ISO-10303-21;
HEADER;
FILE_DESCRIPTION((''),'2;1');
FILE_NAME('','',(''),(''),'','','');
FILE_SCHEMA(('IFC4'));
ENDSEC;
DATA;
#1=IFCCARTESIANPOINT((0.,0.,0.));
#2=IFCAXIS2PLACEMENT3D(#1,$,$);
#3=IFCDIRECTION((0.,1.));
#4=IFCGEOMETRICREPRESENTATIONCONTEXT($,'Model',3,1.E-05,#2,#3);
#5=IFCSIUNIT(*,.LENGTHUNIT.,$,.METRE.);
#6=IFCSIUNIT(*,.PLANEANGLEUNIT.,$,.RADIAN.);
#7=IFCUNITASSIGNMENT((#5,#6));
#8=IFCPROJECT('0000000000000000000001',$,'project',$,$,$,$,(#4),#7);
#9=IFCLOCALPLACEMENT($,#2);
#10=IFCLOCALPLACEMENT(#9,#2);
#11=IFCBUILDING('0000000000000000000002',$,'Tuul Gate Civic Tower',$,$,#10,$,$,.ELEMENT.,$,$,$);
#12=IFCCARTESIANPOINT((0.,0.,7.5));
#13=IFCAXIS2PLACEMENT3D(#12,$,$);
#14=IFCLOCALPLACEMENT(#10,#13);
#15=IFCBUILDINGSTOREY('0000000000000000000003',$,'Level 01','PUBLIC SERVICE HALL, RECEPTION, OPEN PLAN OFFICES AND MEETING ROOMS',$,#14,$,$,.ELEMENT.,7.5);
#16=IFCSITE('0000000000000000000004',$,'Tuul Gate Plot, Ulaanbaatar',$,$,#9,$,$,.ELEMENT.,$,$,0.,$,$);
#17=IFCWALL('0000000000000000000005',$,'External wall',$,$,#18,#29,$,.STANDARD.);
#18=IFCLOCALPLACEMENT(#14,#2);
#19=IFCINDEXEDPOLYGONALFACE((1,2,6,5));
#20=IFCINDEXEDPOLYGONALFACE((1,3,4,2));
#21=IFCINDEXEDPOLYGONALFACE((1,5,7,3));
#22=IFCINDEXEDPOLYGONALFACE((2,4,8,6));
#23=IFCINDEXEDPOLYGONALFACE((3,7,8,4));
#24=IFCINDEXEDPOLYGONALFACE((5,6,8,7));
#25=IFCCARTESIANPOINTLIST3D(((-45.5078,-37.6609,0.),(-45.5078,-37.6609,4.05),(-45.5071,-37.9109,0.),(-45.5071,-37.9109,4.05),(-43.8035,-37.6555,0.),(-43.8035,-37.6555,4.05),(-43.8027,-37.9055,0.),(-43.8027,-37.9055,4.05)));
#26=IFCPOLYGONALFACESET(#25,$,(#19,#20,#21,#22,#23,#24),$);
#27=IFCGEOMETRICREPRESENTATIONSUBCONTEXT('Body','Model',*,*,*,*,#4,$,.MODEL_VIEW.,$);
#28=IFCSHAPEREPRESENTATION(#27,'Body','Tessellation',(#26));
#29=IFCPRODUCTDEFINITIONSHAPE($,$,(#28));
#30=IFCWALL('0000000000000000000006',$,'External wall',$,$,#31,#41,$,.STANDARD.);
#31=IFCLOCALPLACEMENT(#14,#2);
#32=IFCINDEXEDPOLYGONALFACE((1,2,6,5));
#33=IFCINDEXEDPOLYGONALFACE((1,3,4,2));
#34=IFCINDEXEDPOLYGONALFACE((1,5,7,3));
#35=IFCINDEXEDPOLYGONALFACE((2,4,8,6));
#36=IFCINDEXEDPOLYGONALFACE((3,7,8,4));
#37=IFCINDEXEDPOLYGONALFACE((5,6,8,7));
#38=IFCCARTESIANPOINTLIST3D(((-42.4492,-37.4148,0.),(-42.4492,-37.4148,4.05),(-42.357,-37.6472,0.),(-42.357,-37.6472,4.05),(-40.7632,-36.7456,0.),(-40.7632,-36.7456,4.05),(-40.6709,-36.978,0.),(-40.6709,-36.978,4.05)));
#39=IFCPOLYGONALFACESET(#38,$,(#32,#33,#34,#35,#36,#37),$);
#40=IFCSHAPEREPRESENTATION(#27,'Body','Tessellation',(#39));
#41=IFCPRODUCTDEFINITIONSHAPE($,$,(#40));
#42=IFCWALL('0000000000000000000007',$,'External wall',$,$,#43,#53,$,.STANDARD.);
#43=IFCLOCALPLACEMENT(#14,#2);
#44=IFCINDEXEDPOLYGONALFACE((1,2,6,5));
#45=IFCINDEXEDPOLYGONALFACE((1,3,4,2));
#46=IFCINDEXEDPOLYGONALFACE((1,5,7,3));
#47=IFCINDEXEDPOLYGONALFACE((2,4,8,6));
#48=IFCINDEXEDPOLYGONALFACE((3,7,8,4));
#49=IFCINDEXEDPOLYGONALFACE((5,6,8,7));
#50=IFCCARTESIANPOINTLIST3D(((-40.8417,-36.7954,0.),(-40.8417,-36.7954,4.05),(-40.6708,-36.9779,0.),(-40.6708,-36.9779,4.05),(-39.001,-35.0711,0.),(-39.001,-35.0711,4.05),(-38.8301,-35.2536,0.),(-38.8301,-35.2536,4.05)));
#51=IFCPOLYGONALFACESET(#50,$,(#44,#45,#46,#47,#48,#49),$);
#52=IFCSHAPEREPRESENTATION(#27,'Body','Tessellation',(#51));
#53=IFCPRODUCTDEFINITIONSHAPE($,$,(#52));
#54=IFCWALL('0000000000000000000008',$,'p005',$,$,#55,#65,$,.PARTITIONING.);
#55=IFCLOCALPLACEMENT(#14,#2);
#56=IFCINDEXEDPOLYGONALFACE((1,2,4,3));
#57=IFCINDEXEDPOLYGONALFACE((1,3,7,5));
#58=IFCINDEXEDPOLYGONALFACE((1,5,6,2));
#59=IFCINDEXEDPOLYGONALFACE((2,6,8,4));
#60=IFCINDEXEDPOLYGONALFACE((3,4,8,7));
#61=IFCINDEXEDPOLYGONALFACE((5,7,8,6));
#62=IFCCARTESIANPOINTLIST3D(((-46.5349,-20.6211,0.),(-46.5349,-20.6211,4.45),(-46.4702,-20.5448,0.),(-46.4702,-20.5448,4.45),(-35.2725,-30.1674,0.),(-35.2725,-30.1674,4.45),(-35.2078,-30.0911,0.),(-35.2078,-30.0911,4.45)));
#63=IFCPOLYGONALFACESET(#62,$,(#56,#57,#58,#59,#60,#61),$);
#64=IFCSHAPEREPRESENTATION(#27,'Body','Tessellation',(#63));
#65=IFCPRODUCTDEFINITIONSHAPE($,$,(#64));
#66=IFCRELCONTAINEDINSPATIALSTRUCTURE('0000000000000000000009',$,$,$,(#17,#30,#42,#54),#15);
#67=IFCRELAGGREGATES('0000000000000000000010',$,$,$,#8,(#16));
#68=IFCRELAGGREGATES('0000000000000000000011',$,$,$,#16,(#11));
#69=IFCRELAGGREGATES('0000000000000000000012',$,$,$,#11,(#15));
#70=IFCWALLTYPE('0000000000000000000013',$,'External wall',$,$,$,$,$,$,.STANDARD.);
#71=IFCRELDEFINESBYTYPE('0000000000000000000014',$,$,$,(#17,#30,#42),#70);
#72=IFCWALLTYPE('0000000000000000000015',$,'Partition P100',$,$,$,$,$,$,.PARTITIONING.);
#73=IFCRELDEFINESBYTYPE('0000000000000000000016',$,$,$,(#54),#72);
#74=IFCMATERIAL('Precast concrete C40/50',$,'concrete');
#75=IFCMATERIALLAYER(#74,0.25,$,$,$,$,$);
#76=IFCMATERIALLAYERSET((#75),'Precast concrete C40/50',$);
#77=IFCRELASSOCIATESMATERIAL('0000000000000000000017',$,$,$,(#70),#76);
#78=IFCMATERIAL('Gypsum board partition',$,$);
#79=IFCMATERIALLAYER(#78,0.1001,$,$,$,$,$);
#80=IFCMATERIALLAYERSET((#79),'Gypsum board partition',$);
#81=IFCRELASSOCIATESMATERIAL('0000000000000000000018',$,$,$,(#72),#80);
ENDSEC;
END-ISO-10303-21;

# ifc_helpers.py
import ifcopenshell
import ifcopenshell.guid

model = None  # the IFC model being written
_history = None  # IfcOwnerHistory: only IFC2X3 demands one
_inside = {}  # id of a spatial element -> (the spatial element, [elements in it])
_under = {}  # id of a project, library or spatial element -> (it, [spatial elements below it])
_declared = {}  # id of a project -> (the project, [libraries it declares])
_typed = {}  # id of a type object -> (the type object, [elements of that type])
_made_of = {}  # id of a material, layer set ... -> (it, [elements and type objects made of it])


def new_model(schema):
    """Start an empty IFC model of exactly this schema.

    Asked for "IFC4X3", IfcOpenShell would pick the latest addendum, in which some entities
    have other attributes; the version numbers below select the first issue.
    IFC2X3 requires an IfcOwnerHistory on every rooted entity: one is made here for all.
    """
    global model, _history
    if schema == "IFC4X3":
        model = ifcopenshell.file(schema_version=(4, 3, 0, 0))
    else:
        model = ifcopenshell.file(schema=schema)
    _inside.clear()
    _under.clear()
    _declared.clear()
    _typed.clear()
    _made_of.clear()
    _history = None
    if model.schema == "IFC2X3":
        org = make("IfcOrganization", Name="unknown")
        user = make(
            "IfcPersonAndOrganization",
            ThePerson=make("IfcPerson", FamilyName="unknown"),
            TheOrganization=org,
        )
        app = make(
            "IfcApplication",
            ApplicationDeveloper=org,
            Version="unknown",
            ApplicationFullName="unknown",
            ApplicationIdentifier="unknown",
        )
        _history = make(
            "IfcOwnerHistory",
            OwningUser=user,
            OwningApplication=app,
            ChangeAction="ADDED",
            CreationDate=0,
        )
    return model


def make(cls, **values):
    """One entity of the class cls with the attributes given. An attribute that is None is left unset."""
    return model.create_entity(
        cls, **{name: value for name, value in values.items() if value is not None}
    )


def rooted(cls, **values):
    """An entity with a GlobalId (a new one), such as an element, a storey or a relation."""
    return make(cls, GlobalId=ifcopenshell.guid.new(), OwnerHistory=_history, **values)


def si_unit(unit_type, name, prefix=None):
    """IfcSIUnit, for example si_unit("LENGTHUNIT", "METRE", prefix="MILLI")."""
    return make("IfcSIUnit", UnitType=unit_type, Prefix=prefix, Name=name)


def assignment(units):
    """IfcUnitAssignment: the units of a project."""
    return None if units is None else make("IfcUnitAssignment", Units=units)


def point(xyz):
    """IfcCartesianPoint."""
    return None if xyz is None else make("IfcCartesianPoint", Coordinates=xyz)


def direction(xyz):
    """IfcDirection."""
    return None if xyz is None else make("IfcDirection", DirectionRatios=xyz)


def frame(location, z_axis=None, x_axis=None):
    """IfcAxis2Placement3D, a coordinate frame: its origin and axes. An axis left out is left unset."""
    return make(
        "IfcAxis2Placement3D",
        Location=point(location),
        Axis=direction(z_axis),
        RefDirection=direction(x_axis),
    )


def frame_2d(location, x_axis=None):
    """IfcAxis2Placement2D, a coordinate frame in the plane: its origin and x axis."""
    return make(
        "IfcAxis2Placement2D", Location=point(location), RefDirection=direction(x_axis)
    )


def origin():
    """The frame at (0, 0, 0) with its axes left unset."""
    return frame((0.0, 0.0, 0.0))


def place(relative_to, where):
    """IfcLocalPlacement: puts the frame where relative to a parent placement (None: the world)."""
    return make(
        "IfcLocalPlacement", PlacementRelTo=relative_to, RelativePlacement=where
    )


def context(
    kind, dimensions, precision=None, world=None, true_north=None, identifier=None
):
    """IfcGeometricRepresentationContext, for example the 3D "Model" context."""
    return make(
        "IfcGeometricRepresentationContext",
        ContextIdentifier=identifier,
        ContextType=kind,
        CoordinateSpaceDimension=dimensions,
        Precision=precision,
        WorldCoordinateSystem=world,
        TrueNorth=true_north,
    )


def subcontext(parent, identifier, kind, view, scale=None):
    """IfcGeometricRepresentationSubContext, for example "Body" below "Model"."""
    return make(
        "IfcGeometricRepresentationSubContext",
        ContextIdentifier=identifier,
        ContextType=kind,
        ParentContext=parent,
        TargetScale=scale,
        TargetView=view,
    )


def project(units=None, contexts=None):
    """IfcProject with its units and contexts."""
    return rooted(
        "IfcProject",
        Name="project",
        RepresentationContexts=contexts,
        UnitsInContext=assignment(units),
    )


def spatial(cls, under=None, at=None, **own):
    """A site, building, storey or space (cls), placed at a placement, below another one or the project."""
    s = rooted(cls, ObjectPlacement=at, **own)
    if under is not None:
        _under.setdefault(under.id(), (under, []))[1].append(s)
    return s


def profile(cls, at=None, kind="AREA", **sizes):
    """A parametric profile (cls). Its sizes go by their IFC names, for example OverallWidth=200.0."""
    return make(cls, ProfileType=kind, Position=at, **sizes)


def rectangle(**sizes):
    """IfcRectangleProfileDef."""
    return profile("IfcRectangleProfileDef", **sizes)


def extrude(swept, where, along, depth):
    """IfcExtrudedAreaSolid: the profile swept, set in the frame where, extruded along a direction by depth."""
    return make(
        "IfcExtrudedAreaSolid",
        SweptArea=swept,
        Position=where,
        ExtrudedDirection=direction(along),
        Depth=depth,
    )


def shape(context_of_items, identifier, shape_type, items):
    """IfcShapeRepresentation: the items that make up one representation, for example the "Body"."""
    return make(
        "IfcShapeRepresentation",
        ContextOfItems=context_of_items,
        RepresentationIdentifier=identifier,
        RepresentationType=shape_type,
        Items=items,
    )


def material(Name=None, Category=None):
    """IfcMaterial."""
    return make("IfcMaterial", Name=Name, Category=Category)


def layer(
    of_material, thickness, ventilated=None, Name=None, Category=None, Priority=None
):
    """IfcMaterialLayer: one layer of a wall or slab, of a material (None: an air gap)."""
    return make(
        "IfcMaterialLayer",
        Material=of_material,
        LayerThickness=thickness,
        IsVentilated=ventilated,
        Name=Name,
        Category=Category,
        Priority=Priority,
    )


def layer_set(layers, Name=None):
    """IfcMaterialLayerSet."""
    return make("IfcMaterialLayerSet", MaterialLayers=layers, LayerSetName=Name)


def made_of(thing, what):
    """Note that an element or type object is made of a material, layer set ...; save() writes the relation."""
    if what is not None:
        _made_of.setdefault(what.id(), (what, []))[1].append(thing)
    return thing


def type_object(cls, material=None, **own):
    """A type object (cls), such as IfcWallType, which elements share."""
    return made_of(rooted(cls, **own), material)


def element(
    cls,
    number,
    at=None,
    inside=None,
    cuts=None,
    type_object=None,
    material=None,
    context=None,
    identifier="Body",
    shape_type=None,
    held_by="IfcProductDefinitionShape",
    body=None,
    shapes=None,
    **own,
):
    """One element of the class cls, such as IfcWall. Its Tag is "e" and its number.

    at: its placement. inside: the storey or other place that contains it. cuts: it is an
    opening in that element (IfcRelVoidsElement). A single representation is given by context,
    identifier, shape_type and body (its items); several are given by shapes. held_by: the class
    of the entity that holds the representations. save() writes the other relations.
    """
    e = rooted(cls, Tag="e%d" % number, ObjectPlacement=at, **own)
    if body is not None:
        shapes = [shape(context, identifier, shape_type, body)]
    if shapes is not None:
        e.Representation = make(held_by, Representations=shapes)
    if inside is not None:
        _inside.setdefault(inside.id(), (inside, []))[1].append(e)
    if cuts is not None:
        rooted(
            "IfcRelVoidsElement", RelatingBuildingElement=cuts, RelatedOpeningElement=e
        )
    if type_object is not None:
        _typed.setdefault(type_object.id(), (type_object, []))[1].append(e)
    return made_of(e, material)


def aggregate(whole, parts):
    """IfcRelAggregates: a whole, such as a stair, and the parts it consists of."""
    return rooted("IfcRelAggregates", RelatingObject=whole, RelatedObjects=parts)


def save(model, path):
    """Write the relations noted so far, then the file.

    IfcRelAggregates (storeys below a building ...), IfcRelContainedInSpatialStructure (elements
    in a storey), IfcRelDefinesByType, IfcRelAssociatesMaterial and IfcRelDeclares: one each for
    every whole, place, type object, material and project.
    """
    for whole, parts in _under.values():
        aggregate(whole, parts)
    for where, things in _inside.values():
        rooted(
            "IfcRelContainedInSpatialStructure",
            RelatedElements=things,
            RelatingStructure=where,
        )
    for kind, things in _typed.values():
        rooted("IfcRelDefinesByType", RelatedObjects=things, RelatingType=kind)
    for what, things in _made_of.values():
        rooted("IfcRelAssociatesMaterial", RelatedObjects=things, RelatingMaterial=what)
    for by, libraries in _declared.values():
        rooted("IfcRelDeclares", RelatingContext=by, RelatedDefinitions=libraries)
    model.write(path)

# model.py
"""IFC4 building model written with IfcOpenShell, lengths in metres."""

from ifc_helpers import new_model, si_unit, direction, frame, frame_2d, origin, place, context, subcontext, project, spatial, rectangle, extrude, material, layer, layer_set, type_object, element, save


model = new_model("IFC4")

# Units and contexts
model_context = context("Model", 3, precision=1e-05, world=origin(), true_north=direction((0.0, 1.0)))
body_context = subcontext(model_context, "Body", "Model", "MODEL_VIEW")
ifc_project = project(units=[si_unit("LENGTHUNIT", "METRE"), si_unit("PLANEANGLEUNIT", "RADIAN")], contexts=[model_context])

# Site, building, storey
site_placement = place(None, origin())
site = spatial("IfcSite", under=ifc_project, at=site_placement, Name="Tuul Gate Plot, Ulaanbaatar", CompositionType="ELEMENT", RefElevation=0.0)
building_placement = place(site_placement, origin())
building = spatial("IfcBuilding", under=site, at=building_placement, Name="Tuul Gate Civic Tower", CompositionType="ELEMENT")
storey_placement = place(building_placement, frame((0.0, 0.0, 7.5)))
storey = spatial("IfcBuildingStorey", under=building, at=storey_placement, Name="Level 01", Description="PUBLIC SERVICE HALL, RECEPTION, OPEN PLAN OFFICES AND MEETING ROOMS", CompositionType="ELEMENT", Elevation=7.5)

# Walls
ifc_material_1 = material(Name="Precast concrete C40/50", Category="concrete")
ifc_layer_1 = layer(ifc_material_1, 0.25)
ifc_layer_set_1 = layer_set([ifc_layer_1], Name="Precast concrete C40/50")
wall_type_1 = type_object("IfcWallType", Name="External wall", PredefinedType="STANDARD", material=ifc_layer_set_1)
wall_1_placement = place(storey_placement, frame((-45.5073, -37.7859, 0.0), z_axis=(0.0, 0.0, 1.0), x_axis=(0.999995, 0.003151, 0.0)))
element("IfcWall", 1, at=wall_1_placement, inside=storey, type_object=wall_type_1, Name="External wall", PredefinedType="STANDARD", context=body_context, shape_type="SweptSolid", body=[
    extrude(rectangle(XDim=1.7043, YDim=0.25, at=frame_2d((0.8521, 0.0))), origin(), (0.0, 0.0, 1.0), 4.05),
])
wall_2_placement = place(storey_placement, frame((-42.4031, -37.531, 0.0), z_axis=(0.0, 0.0, 1.0), x_axis=(0.929467, 0.368906, 0.0)))
element("IfcWall", 2, at=wall_2_placement, inside=storey, type_object=wall_type_1, Name="External wall", PredefinedType="STANDARD", context=body_context, shape_type="SweptSolid", body=[
    extrude(rectangle(XDim=1.814, YDim=0.25, at=frame_2d((0.907, 0.0))), origin(), (0.0, 0.0, 1.0), 4.05),
])
wall_3_placement = place(storey_placement, frame((-40.7563, -36.8867, 0.0), z_axis=(0.0, 0.0, 1.0), x_axis=(0.729815, 0.683645, 0.0)))
element("IfcWall", 3, at=wall_3_placement, inside=storey, type_object=wall_type_1, Name="External wall", PredefinedType="STANDARD", context=body_context, shape_type="SweptSolid", body=[
    extrude(rectangle(XDim=2.5222, YDim=0.25, at=frame_2d((1.2612, 0.0))), origin(), (0.0, 0.0, 1.0), 4.05),
])
ifc_material_2 = material(Name="Gypsum board partition")
ifc_layer_2 = layer(ifc_material_2, 0.1001)
ifc_layer_set_2 = layer_set([ifc_layer_2], Name="Gypsum board partition")
wall_type_2 = type_object("IfcWallType", Name="Partition P100", PredefinedType="PARTITIONING", material=ifc_layer_set_2)
wall_4_placement = place(storey_placement, frame((-46.5024, -20.583, 0.0), z_axis=(0.0, 0.0, 1.0), x_axis=(0.762831, -0.646598, 0.0)))
element("IfcWall", 4, at=wall_4_placement, inside=storey, type_object=wall_type_2, Name="p005", PredefinedType="PARTITIONING", context=body_context, shape_type="SweptSolid", body=[
    extrude(rectangle(XDim=14.7639, YDim=0.1001, at=frame_2d((7.3818, 0.0))), origin(), (0.0, 0.0, 1.0), 4.45),
])

save(model, "model.ifc")
